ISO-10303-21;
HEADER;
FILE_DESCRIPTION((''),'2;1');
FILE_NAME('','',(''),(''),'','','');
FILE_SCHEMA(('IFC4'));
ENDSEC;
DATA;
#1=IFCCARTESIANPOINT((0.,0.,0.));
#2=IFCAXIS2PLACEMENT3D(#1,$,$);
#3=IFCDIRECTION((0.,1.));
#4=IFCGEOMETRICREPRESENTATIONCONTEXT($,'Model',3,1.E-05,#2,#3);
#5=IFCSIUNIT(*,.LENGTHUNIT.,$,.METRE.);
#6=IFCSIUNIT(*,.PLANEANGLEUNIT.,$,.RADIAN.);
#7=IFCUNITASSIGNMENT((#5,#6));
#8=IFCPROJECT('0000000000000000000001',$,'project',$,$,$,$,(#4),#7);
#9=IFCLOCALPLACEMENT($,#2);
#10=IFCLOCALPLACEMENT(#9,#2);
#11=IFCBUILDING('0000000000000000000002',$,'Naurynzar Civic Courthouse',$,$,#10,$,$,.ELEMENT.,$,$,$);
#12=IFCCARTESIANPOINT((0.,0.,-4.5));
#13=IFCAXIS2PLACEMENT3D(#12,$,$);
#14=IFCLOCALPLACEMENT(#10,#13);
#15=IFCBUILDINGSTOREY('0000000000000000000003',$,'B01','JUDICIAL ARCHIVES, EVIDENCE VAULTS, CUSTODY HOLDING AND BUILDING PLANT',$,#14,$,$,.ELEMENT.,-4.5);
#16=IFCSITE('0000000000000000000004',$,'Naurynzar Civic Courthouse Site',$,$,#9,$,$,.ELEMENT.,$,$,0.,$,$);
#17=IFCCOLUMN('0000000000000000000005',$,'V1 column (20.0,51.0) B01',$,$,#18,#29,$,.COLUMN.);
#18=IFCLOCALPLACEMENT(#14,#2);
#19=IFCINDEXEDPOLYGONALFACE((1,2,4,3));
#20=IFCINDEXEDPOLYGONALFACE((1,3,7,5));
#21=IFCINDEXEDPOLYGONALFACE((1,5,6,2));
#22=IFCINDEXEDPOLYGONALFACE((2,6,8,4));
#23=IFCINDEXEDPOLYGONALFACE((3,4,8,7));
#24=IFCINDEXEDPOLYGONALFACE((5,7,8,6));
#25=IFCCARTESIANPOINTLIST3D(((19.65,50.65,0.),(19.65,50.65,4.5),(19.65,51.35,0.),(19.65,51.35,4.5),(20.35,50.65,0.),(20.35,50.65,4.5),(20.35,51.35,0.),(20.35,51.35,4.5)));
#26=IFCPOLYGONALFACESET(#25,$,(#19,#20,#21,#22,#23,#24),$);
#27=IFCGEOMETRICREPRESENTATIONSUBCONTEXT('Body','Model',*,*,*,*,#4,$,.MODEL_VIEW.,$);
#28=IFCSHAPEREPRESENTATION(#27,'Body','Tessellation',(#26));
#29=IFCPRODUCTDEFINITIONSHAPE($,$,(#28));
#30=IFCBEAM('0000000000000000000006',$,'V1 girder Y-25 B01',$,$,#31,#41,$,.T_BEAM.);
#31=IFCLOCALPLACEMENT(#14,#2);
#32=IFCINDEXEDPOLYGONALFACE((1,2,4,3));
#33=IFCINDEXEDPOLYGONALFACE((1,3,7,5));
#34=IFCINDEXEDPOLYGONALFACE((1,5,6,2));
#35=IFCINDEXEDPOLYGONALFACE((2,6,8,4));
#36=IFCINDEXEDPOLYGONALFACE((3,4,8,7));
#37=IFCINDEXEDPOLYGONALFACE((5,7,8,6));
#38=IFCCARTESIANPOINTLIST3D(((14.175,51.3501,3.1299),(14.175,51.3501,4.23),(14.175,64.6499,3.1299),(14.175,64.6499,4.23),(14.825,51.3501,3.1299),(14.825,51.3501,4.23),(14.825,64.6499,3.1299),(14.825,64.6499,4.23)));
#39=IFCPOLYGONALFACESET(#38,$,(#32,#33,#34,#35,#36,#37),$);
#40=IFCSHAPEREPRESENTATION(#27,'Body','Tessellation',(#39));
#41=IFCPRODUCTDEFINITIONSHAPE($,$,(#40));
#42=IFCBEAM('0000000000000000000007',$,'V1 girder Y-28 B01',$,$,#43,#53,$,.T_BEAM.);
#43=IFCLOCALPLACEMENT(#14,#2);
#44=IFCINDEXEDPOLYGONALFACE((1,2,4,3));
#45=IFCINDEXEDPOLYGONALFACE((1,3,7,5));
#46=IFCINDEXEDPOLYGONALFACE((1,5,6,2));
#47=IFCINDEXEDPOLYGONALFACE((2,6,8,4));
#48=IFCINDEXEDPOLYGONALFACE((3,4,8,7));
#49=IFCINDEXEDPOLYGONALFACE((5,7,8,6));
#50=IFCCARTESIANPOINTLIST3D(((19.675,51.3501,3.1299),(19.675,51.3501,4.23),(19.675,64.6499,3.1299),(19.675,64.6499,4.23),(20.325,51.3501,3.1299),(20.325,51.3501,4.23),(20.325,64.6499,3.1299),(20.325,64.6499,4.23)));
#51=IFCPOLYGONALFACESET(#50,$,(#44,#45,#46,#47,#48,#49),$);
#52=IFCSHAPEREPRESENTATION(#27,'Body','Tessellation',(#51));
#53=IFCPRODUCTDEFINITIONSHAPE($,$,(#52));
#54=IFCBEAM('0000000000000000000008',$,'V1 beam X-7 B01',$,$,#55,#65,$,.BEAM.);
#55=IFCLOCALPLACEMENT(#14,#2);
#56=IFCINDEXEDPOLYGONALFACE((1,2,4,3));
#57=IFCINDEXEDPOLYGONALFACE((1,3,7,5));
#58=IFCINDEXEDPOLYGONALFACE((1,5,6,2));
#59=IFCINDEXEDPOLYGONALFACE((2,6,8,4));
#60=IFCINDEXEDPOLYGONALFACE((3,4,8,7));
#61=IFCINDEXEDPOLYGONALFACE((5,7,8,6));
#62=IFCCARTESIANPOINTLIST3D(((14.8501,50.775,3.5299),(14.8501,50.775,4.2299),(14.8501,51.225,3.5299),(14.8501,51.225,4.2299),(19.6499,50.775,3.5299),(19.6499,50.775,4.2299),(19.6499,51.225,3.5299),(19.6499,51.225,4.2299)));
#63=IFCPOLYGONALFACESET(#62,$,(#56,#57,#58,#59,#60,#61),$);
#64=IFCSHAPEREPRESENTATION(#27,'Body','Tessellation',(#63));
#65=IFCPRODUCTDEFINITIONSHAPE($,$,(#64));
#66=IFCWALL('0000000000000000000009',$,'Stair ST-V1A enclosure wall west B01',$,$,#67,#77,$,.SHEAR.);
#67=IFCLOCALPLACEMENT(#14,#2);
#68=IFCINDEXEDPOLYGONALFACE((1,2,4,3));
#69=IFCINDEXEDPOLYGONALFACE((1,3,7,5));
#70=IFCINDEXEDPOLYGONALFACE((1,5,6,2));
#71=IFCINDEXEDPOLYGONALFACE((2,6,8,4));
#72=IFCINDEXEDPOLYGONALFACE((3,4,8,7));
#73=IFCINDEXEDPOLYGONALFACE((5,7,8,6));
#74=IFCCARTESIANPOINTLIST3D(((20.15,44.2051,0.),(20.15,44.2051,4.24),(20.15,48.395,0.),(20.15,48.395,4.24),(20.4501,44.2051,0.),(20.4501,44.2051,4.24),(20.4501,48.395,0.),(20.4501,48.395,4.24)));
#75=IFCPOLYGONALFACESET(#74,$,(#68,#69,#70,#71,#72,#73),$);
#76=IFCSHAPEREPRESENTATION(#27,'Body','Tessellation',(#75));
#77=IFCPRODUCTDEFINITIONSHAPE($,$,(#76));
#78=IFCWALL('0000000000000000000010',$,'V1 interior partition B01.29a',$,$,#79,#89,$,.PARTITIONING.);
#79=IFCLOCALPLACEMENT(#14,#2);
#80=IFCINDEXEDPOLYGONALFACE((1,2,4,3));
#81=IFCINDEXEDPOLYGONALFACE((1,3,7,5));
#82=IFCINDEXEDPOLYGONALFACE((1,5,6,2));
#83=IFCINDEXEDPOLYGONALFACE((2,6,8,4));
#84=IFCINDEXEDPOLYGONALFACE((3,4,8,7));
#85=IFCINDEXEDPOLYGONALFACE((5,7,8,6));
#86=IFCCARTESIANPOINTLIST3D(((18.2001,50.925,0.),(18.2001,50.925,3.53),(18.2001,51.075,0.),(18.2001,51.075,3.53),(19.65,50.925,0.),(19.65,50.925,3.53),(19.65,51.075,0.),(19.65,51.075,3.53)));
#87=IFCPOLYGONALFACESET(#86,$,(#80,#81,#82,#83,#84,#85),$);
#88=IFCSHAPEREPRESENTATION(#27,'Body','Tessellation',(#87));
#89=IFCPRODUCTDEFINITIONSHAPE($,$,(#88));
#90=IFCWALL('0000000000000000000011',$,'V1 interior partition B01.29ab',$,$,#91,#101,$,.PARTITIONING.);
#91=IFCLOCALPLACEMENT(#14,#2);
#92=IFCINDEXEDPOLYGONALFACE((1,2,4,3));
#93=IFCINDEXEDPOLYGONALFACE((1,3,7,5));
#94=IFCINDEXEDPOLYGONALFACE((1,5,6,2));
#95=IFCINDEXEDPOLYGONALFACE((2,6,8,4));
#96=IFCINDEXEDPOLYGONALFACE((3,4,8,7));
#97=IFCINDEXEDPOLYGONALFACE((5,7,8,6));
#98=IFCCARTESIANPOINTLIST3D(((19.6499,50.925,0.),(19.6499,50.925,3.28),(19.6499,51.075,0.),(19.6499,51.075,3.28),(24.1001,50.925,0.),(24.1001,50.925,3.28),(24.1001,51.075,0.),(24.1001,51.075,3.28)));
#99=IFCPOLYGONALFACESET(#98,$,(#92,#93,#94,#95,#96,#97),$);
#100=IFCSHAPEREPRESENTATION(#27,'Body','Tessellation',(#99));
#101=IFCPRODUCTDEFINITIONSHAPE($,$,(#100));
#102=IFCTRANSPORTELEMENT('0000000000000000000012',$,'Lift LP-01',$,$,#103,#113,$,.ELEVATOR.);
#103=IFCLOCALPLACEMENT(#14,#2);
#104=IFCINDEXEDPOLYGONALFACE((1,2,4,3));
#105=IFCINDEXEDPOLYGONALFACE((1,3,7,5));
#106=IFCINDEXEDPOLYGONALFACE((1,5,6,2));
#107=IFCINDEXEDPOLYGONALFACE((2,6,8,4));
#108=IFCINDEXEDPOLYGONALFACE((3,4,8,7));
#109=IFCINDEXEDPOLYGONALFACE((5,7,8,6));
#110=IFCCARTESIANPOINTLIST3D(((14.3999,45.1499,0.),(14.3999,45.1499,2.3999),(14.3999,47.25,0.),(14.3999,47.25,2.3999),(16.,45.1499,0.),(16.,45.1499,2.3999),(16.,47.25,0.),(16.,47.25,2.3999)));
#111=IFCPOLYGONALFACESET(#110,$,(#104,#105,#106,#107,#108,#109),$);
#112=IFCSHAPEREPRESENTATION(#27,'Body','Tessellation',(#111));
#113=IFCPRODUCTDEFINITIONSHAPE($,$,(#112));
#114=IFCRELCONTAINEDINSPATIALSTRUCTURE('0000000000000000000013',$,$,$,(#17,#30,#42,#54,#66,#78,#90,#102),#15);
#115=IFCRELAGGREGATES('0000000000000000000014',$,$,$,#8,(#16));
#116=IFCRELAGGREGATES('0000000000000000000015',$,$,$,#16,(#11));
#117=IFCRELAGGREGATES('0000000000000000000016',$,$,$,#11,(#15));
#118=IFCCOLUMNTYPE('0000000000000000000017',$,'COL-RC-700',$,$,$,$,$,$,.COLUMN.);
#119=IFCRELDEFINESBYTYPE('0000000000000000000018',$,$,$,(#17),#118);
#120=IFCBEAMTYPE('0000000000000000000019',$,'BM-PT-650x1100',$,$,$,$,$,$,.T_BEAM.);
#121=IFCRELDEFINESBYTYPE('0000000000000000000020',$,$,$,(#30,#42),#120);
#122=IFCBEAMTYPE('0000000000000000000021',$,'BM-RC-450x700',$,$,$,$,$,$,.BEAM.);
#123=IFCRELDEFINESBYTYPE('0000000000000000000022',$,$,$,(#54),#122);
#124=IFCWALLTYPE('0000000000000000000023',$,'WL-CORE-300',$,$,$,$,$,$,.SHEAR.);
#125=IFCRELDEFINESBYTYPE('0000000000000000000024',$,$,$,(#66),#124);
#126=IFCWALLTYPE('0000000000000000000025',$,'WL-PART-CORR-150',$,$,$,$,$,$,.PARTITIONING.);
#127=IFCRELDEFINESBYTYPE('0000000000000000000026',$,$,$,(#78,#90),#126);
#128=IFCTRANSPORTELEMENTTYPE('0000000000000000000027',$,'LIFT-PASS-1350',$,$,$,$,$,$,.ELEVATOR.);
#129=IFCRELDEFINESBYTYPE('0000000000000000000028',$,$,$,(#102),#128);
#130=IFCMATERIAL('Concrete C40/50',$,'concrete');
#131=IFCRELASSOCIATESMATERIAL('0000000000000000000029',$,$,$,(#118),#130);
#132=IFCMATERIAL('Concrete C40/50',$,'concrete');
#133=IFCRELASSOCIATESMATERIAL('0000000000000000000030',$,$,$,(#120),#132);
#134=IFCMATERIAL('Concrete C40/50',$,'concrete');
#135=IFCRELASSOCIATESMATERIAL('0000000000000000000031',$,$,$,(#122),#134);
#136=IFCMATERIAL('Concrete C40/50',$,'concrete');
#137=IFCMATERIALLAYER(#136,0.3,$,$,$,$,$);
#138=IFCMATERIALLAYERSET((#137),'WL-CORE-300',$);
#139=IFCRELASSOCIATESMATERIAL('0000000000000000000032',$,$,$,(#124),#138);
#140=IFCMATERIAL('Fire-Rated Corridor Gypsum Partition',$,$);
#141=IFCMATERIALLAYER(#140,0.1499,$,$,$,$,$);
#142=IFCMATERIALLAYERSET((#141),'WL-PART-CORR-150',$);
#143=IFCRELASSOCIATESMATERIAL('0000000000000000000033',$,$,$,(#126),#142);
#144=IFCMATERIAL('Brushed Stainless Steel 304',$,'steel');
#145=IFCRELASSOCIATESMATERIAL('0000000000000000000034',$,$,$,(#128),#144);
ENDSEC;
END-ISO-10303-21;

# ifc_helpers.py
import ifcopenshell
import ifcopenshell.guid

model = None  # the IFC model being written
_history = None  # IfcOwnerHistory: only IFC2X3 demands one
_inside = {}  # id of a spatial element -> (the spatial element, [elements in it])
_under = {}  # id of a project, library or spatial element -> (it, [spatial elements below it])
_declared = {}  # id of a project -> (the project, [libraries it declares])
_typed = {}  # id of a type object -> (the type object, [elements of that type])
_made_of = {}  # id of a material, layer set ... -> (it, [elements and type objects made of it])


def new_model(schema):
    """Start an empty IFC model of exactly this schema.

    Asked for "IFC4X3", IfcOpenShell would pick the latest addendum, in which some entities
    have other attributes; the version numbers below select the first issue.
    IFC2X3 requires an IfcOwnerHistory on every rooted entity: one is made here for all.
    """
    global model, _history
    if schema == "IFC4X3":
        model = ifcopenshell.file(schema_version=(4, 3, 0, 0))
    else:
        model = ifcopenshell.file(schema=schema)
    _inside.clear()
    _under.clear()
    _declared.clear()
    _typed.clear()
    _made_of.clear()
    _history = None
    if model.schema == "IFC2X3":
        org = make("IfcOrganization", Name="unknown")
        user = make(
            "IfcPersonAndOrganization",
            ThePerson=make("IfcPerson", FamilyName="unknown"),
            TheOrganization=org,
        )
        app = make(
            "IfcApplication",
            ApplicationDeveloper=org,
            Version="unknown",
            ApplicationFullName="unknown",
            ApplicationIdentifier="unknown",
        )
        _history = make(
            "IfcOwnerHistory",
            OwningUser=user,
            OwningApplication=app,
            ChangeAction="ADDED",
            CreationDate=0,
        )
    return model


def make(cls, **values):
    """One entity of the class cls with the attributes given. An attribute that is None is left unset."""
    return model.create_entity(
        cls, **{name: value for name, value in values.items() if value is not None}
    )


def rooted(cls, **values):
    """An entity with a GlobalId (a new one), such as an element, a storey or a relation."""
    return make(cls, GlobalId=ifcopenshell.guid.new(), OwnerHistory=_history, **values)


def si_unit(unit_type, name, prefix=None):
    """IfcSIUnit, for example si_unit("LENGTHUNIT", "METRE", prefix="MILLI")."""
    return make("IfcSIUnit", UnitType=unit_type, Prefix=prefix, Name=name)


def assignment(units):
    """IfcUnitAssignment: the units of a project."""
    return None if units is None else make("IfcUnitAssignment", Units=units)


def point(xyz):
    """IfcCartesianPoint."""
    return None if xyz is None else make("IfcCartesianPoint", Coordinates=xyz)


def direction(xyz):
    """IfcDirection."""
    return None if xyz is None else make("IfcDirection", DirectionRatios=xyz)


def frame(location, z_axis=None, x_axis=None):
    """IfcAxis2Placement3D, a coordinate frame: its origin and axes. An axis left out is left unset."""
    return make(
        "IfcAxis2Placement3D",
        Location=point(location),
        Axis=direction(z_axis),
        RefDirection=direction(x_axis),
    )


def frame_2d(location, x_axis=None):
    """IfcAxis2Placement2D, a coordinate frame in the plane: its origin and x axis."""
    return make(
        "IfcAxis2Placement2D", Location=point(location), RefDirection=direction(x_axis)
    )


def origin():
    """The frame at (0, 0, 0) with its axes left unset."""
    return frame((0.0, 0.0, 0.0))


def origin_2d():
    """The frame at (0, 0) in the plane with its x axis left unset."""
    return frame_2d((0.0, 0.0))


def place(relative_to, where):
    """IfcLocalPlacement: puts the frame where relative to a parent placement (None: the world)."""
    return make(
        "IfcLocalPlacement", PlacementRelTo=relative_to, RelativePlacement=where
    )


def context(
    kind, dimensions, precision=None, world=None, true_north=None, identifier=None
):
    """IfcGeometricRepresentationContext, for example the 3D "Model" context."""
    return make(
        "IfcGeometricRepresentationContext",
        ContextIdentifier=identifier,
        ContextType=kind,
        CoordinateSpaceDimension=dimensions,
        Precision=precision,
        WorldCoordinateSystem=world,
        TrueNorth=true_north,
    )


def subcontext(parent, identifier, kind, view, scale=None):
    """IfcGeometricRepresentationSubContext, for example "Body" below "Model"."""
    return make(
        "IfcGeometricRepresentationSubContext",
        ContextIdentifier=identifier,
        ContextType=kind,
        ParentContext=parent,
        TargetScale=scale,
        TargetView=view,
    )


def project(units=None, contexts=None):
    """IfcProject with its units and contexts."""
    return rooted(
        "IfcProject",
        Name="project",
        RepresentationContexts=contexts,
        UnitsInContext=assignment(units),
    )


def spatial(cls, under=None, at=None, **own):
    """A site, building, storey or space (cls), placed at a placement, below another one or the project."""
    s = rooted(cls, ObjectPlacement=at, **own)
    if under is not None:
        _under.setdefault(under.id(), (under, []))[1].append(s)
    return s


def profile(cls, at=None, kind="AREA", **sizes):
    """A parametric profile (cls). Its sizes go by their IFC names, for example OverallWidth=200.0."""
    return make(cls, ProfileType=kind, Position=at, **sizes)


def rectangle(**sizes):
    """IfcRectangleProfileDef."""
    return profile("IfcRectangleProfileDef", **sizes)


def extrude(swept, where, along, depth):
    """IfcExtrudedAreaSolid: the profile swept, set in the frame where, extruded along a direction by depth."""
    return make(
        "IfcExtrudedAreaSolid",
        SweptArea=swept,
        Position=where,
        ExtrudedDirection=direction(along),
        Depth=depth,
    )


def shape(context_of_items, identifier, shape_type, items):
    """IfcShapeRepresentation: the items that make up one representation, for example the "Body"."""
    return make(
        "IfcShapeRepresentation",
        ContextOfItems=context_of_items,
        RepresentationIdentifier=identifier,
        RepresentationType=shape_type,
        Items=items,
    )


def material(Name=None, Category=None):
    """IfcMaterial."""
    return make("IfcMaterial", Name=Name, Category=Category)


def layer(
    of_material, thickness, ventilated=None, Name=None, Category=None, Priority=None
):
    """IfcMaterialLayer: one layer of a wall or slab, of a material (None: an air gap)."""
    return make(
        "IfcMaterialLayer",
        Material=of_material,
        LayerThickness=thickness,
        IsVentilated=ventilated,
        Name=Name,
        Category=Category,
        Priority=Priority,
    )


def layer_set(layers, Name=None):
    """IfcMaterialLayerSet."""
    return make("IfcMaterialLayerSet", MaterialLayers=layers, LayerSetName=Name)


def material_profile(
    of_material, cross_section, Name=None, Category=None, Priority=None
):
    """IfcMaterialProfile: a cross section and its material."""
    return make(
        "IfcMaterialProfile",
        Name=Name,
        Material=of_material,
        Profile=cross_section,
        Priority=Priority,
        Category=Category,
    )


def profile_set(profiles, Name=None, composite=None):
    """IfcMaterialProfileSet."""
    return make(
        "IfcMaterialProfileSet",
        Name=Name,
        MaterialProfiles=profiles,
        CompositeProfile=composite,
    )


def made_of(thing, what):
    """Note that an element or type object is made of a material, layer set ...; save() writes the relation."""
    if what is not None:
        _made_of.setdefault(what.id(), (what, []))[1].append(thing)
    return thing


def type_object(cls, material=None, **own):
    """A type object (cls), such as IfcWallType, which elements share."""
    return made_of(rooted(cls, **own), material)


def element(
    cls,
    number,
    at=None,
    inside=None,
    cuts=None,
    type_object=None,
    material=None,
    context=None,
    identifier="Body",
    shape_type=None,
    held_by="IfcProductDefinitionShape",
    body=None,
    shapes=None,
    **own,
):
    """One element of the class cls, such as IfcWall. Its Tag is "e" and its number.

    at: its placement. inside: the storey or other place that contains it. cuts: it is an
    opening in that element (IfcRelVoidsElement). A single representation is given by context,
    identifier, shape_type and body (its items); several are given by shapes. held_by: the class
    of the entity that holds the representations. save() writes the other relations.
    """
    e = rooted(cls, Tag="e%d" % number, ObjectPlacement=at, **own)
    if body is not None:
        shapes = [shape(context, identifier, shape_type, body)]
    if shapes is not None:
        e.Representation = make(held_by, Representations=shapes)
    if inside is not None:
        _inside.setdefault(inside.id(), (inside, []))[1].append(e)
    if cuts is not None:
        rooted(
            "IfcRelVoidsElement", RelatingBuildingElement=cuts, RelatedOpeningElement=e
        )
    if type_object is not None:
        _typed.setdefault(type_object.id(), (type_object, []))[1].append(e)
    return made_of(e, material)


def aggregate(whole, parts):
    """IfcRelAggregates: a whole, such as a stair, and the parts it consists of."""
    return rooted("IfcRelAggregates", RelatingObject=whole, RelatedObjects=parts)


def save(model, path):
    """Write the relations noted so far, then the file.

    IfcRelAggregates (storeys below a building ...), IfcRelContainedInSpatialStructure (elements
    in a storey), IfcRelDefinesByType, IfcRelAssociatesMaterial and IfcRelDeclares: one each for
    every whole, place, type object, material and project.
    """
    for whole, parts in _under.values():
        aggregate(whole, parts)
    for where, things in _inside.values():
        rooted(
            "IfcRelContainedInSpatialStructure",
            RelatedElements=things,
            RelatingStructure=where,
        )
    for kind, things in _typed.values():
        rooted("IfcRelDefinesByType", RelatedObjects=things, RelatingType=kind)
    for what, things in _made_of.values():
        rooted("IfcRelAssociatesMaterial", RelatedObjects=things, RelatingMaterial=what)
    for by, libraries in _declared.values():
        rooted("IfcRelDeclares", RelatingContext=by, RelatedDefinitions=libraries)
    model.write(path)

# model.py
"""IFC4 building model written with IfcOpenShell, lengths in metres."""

from ifc_helpers import new_model, si_unit, direction, frame, frame_2d, origin, origin_2d, place, context, subcontext, project, spatial, rectangle, extrude, material, layer, layer_set, material_profile, profile_set, type_object, element, save


model = new_model("IFC4")

# Units and contexts
model_context = context("Model", 3, precision=1e-05, world=origin(), true_north=direction((0.0, 1.0)))
body_context = subcontext(model_context, "Body", "Model", "MODEL_VIEW")
ifc_project = project(units=[si_unit("LENGTHUNIT", "METRE"), si_unit("PLANEANGLEUNIT", "RADIAN")], contexts=[model_context])

# Site, building, storey
site_placement = place(None, origin())
site = spatial("IfcSite", under=ifc_project, at=site_placement, Name="Naurynzar Civic Courthouse Site", CompositionType="ELEMENT", RefElevation=0.0)
building_placement = place(site_placement, origin())
building = spatial("IfcBuilding", under=site, at=building_placement, Name="Naurynzar Civic Courthouse", CompositionType="ELEMENT")
storey_placement = place(building_placement, frame((0.0, 0.0, -4.5)))
storey = spatial("IfcBuildingStorey", under=building, at=storey_placement, Name="B01", Description="JUDICIAL ARCHIVES, EVIDENCE VAULTS, CUSTODY HOLDING AND BUILDING PLANT", CompositionType="ELEMENT", Elevation=-4.5)

# Column
ifc_material_1 = material(Name="Concrete C40/50", Category="concrete")
ifc_material_profile_1 = material_profile(ifc_material_1, rectangle(XDim=0.7, YDim=0.7, at=origin_2d()), Name="RC 700x700")
ifc_profile_set_1 = profile_set([ifc_material_profile_1], Name="Concrete C40/50")
column_type = type_object("IfcColumnType", Name="COL-RC-700", PredefinedType="COLUMN", material=ifc_profile_set_1)
for number, where, z_axis, x_axis, name in (
    (1, (20.0, 51.0, 0.0), (0.0, 0.0, 1.0), (1.0, 0.0, 0.0), "V1 column (20.0,51.0) B01"),
):
    element("IfcColumn", number, at=place(storey_placement, frame(where, z_axis=z_axis, x_axis=x_axis)), inside=storey, type_object=column_type, Name=name, PredefinedType="COLUMN", context=body_context, shape_type="SweptSolid", body=[
        extrude(rectangle(XDim=0.7, YDim=0.7, at=origin_2d()), origin(), (0.0, 0.0, 1.0), 4.5),
    ])

# Beams
ifc_material_2 = material(Name="Concrete C40/50", Category="concrete")
ifc_material_profile_2 = material_profile(ifc_material_2, rectangle(XDim=0.6499, YDim=1.1001, at=origin_2d()), Name="PTB 650x1100")
ifc_profile_set_2 = profile_set([ifc_material_profile_2], Name="Concrete C40/50")
beam_type_1 = type_object("IfcBeamType", Name="BM-PT-650x1100", PredefinedType="T_BEAM", material=ifc_profile_set_2)
for number, where, z_axis, x_axis, name in (
    (2, (14.5, 51.3501, 3.6799), (0.0, 1.0, 0.0), (-1.0, 0.0, 0.0), "V1 girder Y-25 B01"),
    (3, (20.0, 51.3501, 3.6799), (0.0, 1.0, 0.0), (-1.0, 0.0, 0.0), "V1 girder Y-28 B01"),
):
    element("IfcBeam", number, at=place(storey_placement, frame(where, z_axis=z_axis, x_axis=x_axis)), inside=storey, type_object=beam_type_1, Name=name, PredefinedType="T_BEAM", context=body_context, shape_type="SweptSolid", body=[
        extrude(rectangle(XDim=0.6499, YDim=1.1001, at=origin_2d()), origin(), (0.0, 0.0, 1.0), 13.2998),
    ])
ifc_material_3 = material(Name="Concrete C40/50", Category="concrete")
ifc_material_profile_3 = material_profile(ifc_material_3, rectangle(XDim=0.45, YDim=0.7, at=origin_2d()), Name="RCB 450x700")
ifc_profile_set_3 = profile_set([ifc_material_profile_3], Name="Concrete C40/50")
beam_type_2 = type_object("IfcBeamType", Name="BM-RC-450x700", PredefinedType="BEAM", material=ifc_profile_set_3)
beam_placement = place(storey_placement, frame((14.8501, 51.0, 3.8799), z_axis=(1.0, 0.0, 0.0), x_axis=(0.0, 1.0, 0.0)))
element("IfcBeam", 4, at=beam_placement, inside=storey, type_object=beam_type_2, Name="V1 beam X-7 B01", PredefinedType="BEAM", context=body_context, shape_type="SweptSolid", body=[
    extrude(rectangle(XDim=0.45, YDim=0.7, at=origin_2d()), origin(), (0.0, 0.0, 1.0), 4.7998),
])

# Walls
ifc_material_4 = material(Name="Concrete C40/50", Category="concrete")
ifc_layer_1 = layer(ifc_material_4, 0.3)
ifc_layer_set_1 = layer_set([ifc_layer_1], Name="WL-CORE-300")
wall_type_1 = type_object("IfcWallType", Name="WL-CORE-300", PredefinedType="SHEAR", material=ifc_layer_set_1)
wall_1_placement = place(storey_placement, frame((20.3, 48.395, 0.0), z_axis=(0.0, 0.0, 1.0), x_axis=(0.0, -1.0, 0.0)))
element("IfcWall", 5, at=wall_1_placement, inside=storey, type_object=wall_type_1, Name="Stair ST-V1A enclosure wall west B01", PredefinedType="SHEAR", context=body_context, shape_type="SweptSolid", body=[
    extrude(rectangle(XDim=4.1899, YDim=0.3, at=frame_2d((2.095, 0.0))), origin(), (0.0, 0.0, 1.0), 4.24),
])
ifc_material_5 = material(Name="Fire-Rated Corridor Gypsum Partition")
ifc_layer_2 = layer(ifc_material_5, 0.1499)
ifc_layer_set_2 = layer_set([ifc_layer_2], Name="WL-PART-CORR-150")
wall_type_2 = type_object("IfcWallType", Name="WL-PART-CORR-150", PredefinedType="PARTITIONING", material=ifc_layer_set_2)
wall_2_placement = place(storey_placement, frame((18.2, 51.0, 0.0), z_axis=(0.0, 0.0, 1.0), x_axis=(1.0, 0.0, 0.0)))
element("IfcWall", 6, at=wall_2_placement, inside=storey, type_object=wall_type_2, Name="V1 interior partition B01.29a", PredefinedType="PARTITIONING", context=body_context, shape_type="SweptSolid", body=[
    extrude(rectangle(XDim=1.45, YDim=0.1499, at=frame_2d((0.7251, 0.0))), origin(), (0.0, 0.0, 1.0), 3.53),
])
wall_3_placement = place(storey_placement, frame((19.6499, 51.0, 0.0), z_axis=(0.0, 0.0, 1.0), x_axis=(1.0, 0.0, 0.0)))
element("IfcWall", 7, at=wall_3_placement, inside=storey, type_object=wall_type_2, Name="V1 interior partition B01.29ab", PredefinedType="PARTITIONING", context=body_context, shape_type="SweptSolid", body=[
    extrude(rectangle(XDim=4.4502, YDim=0.1499, at=frame_2d((2.2251, 0.0))), origin(), (0.0, 0.0, 1.0), 3.28),
])

# Transport element
ifc_material_6 = material(Name="Brushed Stainless Steel 304", Category="steel")
transport_element_type = type_object("IfcTransportElementType", Name="LIFT-PASS-1350", PredefinedType="ELEVATOR", material=ifc_material_6)
transport_element_placement = place(storey_placement, frame((15.2, 46.2, 0.0), z_axis=(0.0, 0.0, 1.0), x_axis=(1.0, 0.0, 0.0)))
element("IfcTransportElement", 8, at=transport_element_placement, inside=storey, type_object=transport_element_type, Name="Lift LP-01", PredefinedType="ELEVATOR", context=body_context, shape_type="SweptSolid", body=[
    extrude(rectangle(XDim=1.6001, YDim=2.1001, at=origin_2d()), origin(), (0.0, 0.0, 1.0), 2.3999),
])

save(model, "model.ifc")
